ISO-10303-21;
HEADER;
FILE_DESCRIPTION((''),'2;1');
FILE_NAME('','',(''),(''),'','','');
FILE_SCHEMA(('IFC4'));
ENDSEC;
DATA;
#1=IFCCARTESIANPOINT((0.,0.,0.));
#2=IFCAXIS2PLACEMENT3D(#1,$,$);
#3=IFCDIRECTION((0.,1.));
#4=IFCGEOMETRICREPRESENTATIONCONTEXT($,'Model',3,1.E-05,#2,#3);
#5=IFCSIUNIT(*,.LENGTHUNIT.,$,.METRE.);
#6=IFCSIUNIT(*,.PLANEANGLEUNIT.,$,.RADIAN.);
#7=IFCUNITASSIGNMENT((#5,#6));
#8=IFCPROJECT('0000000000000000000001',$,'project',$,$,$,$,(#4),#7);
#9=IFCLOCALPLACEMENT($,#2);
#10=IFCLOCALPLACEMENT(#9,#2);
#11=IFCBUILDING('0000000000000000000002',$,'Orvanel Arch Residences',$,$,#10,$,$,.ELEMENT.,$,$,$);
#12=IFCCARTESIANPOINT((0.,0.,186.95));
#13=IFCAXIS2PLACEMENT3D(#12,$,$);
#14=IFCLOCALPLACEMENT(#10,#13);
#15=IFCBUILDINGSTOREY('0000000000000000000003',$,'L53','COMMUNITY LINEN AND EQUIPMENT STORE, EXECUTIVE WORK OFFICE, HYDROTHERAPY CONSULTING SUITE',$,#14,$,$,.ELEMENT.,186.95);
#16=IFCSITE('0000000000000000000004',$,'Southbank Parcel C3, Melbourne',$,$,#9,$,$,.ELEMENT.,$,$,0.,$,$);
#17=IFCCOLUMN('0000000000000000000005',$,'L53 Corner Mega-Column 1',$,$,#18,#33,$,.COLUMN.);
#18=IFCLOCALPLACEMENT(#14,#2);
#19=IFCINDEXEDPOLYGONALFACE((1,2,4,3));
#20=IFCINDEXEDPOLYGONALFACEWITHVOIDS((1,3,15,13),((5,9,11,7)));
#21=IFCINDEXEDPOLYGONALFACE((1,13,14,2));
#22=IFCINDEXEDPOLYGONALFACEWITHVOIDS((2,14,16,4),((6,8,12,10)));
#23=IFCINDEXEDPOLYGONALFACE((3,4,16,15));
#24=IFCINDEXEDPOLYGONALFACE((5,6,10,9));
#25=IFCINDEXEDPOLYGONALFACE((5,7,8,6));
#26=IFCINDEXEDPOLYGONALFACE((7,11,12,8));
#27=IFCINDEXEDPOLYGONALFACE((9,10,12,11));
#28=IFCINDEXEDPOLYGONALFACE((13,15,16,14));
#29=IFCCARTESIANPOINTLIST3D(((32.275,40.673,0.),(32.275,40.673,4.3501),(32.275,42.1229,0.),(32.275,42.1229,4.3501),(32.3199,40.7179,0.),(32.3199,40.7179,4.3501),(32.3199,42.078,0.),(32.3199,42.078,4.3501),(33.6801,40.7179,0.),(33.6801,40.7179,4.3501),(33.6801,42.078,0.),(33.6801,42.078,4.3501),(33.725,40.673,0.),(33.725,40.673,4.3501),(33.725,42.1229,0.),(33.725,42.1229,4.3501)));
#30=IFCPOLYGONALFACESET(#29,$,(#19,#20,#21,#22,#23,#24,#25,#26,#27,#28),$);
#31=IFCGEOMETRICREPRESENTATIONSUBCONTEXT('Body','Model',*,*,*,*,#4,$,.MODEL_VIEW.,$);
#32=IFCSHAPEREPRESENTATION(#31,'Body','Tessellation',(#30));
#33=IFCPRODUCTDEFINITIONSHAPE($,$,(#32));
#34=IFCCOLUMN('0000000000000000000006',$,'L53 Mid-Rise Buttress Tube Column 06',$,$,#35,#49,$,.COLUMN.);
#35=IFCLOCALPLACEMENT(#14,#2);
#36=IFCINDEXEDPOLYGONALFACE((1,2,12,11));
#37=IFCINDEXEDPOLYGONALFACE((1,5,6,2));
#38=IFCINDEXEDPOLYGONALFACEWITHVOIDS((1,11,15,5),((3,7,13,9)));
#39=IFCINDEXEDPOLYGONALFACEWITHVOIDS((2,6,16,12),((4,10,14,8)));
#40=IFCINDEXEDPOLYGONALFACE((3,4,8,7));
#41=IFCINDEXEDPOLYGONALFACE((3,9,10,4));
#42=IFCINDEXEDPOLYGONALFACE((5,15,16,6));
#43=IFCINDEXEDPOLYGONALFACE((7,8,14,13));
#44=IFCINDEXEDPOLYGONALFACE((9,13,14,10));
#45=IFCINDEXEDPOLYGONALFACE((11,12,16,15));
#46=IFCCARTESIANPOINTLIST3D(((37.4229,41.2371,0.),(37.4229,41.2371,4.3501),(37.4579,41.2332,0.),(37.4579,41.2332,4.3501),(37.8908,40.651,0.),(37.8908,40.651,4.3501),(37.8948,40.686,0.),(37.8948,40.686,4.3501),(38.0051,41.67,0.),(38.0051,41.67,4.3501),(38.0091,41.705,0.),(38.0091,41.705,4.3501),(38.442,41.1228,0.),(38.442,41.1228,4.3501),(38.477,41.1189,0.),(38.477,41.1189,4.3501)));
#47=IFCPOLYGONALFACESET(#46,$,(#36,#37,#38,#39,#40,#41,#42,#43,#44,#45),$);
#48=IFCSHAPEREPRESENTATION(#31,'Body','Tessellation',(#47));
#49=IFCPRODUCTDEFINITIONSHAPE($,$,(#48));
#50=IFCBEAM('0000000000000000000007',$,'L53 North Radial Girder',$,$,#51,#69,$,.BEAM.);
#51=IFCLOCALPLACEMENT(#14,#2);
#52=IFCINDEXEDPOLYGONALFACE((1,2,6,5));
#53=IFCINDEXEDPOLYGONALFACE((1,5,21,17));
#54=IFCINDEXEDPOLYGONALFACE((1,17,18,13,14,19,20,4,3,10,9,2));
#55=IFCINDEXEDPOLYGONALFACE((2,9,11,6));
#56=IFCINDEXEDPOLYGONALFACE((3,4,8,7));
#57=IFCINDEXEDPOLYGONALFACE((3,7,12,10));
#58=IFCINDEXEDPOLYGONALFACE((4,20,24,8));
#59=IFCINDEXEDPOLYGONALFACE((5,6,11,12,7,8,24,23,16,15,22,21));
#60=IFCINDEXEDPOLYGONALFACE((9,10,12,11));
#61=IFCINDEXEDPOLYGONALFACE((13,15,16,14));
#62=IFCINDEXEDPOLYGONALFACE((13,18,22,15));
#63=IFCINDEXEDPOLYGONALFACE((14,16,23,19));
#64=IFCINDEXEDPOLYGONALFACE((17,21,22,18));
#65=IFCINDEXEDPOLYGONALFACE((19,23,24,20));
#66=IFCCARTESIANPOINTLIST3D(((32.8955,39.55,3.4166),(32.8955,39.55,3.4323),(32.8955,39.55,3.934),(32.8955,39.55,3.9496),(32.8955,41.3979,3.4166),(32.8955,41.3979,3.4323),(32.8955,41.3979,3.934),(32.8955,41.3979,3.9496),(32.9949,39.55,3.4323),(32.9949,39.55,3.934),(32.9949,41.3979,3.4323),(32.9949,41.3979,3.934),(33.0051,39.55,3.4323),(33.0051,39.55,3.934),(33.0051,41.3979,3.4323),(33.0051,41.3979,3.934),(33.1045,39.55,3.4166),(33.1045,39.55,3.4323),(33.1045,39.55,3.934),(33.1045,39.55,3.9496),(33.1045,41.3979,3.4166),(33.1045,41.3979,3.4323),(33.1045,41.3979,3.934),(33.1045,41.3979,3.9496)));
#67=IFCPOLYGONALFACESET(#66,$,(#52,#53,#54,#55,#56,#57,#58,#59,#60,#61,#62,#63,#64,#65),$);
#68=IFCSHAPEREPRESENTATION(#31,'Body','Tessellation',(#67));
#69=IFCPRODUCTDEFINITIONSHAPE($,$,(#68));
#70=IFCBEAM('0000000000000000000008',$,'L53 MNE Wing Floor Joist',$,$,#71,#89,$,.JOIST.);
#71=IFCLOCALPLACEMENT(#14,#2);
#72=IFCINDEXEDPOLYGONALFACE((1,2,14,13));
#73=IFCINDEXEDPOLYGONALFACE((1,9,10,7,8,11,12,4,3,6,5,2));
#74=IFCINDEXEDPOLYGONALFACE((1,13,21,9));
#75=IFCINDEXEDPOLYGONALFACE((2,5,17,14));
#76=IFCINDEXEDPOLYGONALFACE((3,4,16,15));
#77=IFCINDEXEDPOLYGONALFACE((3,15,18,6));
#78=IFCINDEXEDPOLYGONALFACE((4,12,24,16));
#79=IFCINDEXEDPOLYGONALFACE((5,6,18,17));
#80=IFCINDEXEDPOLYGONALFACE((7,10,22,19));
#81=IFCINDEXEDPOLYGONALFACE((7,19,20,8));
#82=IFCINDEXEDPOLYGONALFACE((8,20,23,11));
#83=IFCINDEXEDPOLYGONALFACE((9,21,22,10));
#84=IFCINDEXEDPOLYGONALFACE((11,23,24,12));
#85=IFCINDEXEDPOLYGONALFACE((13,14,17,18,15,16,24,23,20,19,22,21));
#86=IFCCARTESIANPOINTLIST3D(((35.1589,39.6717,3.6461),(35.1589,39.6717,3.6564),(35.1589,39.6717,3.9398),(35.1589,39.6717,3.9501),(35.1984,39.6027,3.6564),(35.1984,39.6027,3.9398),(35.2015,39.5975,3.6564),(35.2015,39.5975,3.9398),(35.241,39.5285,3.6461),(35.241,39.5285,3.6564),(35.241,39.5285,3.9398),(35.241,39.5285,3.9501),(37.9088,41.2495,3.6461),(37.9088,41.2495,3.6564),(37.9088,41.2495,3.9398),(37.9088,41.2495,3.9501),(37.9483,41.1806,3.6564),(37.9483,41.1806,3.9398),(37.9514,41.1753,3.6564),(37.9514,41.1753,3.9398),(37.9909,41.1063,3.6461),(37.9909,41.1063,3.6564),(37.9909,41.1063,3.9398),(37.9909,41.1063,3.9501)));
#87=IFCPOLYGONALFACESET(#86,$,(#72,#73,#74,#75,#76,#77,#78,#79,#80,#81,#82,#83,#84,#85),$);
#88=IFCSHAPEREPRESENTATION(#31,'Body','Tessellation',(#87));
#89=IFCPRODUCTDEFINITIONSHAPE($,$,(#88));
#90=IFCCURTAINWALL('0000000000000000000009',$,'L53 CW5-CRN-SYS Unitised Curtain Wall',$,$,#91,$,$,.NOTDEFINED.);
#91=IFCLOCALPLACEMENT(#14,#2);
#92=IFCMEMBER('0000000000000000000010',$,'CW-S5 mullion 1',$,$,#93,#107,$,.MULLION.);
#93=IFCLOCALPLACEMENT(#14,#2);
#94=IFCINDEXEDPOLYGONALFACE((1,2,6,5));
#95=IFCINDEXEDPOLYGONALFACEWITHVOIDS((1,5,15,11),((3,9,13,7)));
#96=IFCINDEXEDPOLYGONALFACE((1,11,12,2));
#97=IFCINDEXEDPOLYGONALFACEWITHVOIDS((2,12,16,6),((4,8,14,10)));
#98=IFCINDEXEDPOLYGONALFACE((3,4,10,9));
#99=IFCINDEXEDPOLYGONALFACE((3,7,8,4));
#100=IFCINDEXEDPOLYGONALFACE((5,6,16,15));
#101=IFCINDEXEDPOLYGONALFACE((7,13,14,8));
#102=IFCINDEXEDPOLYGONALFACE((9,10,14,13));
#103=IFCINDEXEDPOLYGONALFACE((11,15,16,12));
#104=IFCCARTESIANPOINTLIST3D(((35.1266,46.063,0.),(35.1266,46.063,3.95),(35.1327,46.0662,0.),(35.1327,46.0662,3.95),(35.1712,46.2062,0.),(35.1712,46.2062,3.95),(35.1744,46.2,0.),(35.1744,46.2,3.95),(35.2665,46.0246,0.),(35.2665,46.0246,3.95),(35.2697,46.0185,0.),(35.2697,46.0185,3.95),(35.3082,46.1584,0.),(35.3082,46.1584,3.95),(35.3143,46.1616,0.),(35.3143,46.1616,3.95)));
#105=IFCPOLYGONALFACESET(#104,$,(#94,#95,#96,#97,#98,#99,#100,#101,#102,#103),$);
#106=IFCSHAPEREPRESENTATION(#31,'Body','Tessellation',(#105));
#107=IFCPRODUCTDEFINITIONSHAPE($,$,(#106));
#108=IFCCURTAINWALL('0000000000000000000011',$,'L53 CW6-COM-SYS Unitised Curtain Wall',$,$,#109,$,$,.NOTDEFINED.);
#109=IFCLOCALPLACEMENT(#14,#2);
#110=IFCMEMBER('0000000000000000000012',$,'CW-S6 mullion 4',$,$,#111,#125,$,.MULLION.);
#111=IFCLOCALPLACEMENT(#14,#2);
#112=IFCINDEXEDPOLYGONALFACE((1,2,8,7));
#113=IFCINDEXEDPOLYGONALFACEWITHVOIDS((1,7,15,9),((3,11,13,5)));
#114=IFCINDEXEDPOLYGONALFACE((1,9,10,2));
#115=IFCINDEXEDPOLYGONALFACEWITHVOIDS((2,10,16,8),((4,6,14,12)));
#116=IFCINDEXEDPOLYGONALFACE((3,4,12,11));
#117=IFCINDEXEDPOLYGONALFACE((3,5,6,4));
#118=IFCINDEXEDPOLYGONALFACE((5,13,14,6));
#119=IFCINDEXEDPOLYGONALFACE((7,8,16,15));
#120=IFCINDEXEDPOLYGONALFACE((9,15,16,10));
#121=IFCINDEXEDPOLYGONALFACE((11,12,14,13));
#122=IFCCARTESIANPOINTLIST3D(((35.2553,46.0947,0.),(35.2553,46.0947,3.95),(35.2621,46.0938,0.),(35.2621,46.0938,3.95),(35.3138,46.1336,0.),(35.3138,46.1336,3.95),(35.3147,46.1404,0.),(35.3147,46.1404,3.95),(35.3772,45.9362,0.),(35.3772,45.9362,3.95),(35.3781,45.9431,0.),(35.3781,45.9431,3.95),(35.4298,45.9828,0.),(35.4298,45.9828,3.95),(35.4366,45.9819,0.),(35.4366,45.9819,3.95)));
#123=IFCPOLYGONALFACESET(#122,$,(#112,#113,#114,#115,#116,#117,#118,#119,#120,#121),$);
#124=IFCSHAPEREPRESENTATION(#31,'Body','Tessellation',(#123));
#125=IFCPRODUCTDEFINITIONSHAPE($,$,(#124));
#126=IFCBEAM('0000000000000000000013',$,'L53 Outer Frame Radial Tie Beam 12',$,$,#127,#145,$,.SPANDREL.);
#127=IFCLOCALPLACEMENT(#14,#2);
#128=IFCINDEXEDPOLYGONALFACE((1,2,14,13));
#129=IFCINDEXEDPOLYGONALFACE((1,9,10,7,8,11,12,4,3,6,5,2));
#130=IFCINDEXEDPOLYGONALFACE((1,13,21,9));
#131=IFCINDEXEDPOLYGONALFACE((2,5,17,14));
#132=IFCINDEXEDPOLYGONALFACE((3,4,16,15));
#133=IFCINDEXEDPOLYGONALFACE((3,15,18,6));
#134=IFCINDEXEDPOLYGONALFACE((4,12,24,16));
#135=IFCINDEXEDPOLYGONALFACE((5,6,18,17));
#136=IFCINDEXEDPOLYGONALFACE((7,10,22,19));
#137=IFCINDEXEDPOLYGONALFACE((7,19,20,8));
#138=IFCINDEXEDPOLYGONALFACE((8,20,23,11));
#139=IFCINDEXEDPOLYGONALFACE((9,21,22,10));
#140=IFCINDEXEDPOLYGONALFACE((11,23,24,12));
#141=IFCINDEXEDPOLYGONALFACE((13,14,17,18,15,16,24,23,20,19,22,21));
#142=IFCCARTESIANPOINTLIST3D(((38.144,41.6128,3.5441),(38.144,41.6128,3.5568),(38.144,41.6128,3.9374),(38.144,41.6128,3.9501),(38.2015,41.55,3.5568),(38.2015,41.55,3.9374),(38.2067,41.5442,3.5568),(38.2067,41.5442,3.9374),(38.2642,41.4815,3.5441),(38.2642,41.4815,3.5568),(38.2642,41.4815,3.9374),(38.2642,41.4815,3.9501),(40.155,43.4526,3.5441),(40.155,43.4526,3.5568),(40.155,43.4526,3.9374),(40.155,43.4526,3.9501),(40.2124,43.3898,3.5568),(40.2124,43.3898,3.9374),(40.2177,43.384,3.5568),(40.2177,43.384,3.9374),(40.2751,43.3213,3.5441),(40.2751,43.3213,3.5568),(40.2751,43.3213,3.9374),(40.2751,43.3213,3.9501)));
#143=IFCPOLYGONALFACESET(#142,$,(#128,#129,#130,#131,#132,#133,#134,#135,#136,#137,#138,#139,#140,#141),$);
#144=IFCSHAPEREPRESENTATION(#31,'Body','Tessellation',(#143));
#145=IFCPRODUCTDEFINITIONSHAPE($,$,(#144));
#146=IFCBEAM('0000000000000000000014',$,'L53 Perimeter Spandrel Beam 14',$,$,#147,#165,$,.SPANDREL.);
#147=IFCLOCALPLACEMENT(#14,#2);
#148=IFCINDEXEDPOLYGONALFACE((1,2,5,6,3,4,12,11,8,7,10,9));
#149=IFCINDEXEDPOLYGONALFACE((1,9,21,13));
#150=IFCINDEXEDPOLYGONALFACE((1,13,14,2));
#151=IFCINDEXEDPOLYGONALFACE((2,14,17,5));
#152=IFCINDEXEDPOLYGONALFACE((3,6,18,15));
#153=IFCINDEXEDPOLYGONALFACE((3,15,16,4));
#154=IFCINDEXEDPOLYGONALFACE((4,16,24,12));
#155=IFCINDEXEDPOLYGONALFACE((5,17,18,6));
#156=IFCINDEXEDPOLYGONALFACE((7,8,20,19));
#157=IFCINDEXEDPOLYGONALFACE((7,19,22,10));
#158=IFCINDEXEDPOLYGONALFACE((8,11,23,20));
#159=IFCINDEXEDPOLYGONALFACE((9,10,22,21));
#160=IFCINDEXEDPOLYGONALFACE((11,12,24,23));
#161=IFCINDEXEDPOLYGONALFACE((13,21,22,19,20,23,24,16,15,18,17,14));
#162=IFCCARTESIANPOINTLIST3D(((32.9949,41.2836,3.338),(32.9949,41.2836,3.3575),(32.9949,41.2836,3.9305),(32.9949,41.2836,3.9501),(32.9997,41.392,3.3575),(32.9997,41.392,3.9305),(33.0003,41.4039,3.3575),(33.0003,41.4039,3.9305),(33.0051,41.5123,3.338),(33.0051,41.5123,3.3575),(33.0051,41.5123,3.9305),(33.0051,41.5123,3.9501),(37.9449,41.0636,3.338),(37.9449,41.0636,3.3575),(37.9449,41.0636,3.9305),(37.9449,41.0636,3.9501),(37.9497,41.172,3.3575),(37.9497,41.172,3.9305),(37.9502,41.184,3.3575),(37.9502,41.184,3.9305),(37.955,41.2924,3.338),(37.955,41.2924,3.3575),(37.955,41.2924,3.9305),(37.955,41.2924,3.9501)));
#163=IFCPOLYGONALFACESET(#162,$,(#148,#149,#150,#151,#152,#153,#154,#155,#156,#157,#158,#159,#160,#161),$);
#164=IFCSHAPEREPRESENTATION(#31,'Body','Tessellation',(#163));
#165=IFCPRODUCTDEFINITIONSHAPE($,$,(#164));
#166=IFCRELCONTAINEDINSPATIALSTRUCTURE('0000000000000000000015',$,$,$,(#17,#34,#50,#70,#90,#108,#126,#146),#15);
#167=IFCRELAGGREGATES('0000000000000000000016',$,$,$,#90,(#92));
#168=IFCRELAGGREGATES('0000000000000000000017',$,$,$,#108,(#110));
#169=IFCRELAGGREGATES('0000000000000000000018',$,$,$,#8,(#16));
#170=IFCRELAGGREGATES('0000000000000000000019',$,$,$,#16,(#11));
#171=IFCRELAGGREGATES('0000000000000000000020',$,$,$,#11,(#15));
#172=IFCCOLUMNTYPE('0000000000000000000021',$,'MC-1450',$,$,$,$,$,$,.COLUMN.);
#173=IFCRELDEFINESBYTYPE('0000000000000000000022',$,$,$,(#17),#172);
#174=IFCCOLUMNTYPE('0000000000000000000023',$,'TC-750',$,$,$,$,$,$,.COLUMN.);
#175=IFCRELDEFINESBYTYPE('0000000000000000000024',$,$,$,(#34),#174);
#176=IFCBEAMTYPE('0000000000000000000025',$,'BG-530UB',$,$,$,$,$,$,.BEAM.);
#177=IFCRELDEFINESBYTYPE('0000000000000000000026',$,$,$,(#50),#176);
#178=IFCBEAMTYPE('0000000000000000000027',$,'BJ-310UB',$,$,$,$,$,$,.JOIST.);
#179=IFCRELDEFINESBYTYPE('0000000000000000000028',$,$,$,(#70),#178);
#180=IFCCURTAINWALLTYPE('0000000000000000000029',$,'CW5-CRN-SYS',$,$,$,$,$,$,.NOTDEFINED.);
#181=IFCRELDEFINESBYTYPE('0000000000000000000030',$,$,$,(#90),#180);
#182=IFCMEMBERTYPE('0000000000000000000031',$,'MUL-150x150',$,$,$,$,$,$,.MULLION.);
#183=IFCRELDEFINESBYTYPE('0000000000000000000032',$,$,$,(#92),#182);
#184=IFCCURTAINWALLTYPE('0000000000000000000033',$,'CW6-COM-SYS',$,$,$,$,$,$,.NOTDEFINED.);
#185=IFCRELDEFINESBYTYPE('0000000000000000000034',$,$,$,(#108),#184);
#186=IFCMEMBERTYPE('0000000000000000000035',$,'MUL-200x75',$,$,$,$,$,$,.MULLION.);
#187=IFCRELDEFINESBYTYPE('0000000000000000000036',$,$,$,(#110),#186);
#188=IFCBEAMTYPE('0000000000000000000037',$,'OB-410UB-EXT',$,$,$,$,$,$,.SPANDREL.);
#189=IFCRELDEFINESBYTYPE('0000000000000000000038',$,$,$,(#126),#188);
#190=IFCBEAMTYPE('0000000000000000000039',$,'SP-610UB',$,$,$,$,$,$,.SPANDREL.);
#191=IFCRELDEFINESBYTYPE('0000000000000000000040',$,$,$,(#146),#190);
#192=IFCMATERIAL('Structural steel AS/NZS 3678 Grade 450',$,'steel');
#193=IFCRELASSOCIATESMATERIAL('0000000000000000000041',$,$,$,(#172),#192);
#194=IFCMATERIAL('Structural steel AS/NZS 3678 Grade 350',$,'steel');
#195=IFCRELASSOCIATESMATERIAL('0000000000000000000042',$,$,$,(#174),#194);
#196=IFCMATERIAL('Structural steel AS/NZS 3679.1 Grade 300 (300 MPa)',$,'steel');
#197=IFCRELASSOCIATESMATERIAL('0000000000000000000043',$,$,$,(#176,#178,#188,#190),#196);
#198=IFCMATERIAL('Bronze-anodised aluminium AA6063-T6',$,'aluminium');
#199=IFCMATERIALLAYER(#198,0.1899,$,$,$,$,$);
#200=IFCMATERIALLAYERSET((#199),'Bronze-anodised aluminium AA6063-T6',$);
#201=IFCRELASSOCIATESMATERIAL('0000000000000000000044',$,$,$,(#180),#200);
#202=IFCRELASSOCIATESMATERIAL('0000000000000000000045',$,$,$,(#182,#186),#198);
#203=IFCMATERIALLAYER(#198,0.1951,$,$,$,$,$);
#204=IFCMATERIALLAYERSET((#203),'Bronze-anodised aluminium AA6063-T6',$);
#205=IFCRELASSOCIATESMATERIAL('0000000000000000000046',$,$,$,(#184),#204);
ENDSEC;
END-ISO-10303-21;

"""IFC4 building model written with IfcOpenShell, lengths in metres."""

from ifc_helpers import new_model, si_unit, direction, frame, origin, origin_2d, place, context, subcontext, project, spatial, hollow_rectangle, i_section, extrude, material, layer, layer_set, material_profile, profile_set, type_object, element, aggregate, save


model = new_model("IFC4")

# Units and contexts
model_context = context("Model", 3, precision=1e-05, world=origin(), true_north=direction((0.0, 1.0)))
body_context = subcontext(model_context, "Body", "Model", "MODEL_VIEW")
ifc_project = project(units=[si_unit("LENGTHUNIT", "METRE"), si_unit("PLANEANGLEUNIT", "RADIAN")], contexts=[model_context])

# Site, building, storey
site_placement = place(None, origin())
site = spatial("IfcSite", under=ifc_project, at=site_placement, Name="Southbank Parcel C3, Melbourne", CompositionType="ELEMENT", RefElevation=0.0)
building_placement = place(site_placement, origin())
building = spatial("IfcBuilding", under=site, at=building_placement, Name="Orvanel Arch Residences", CompositionType="ELEMENT")
storey_placement = place(building_placement, frame((0.0, 0.0, 186.95)))
storey = spatial("IfcBuildingStorey", under=building, at=storey_placement, Name="L53", Description="COMMUNITY LINEN AND EQUIPMENT STORE, EXECUTIVE WORK OFFICE, HYDROTHERAPY CONSULTING SUITE", CompositionType="ELEMENT", Elevation=186.95)

# Columns
ifc_material_1 = material(Name="Structural steel AS/NZS 3678 Grade 450", Category="steel")
ifc_material_profile_1 = material_profile(ifc_material_1, hollow_rectangle(XDim=1.45, YDim=1.45, WallThickness=0.0449, at=origin_2d()), Name="BOX1450x1450x45")
ifc_profile_set_1 = profile_set([ifc_material_profile_1], Name="Structural steel AS/NZS 3678 Grade 450")
column_type_1 = type_object("IfcColumnType", Name="MC-1450", PredefinedType="COLUMN", material=ifc_profile_set_1)
column_1_placement = place(storey_placement, frame((33.0, 41.3979, 0.0), z_axis=(0.0, 0.0, 1.0), x_axis=(1.0, 0.0, 0.0)))
element("IfcColumn", 1, at=column_1_placement, inside=storey, type_object=column_type_1, Name="L53 Corner Mega-Column 1", PredefinedType="COLUMN", context=body_context, shape_type="SweptSolid", body=[
    extrude(hollow_rectangle(XDim=1.45, YDim=1.45, WallThickness=0.0449, at=origin_2d()), origin(), (0.0, 0.0, 1.0), 4.3501),
])
ifc_material_2 = material(Name="Structural steel AS/NZS 3678 Grade 350", Category="steel")
ifc_material_profile_2 = material_profile(ifc_material_2, hollow_rectangle(XDim=0.75, YDim=0.75, WallThickness=0.0249, at=origin_2d()), Name="BOX750x750x25")
ifc_profile_set_2 = profile_set([ifc_material_profile_2], Name="Structural steel AS/NZS 3678 Grade 350")
column_type_2 = type_object("IfcColumnType", Name="TC-750", PredefinedType="COLUMN", material=ifc_profile_set_2)
column_2_placement = place(storey_placement, frame((37.95, 41.178, 0.0), z_axis=(0.0, 0.0, 1.0), x_axis=(-0.62388, 0.78152, 0.0)))
element("IfcColumn", 2, at=column_2_placement, inside=storey, type_object=column_type_2, Name="L53 Mid-Rise Buttress Tube Column 06", PredefinedType="COLUMN", context=body_context, shape_type="SweptSolid", body=[
    extrude(hollow_rectangle(XDim=0.75, YDim=0.75, WallThickness=0.0249, at=origin_2d()), origin(), (0.0, 0.0, 1.0), 4.3501),
])

# Beams
ifc_material_3 = material(Name="Structural steel AS/NZS 3679.1 Grade 300 (300 MPa)", Category="steel")
ifc_material_profile_3 = material_profile(ifc_material_3, i_section(OverallWidth=0.209, OverallDepth=0.533, WebThickness=0.0103, FlangeThickness=0.0156, at=origin_2d()), Name="530UB92.4")
ifc_profile_set_3 = profile_set([ifc_material_profile_3], Name="Structural steel AS/NZS 3679.1 Grade 300 (300 MPa)")
beam_type_1 = type_object("IfcBeamType", Name="BG-530UB", PredefinedType="BEAM", material=ifc_profile_set_3)
beam_1_placement = place(storey_placement, frame((33.0, 39.55, 3.6831), z_axis=(0.0, 1.0, 0.0), x_axis=(-1.0, 0.0, 0.0)))
element("IfcBeam", 3, at=beam_1_placement, inside=storey, type_object=beam_type_1, Name="L53 North Radial Girder", PredefinedType="BEAM", context=body_context, shape_type="SweptSolid", body=[
    extrude(i_section(OverallWidth=0.209, OverallDepth=0.533, WebThickness=0.0103, FlangeThickness=0.0156, at=origin_2d()), origin(), (0.0, 0.0, 1.0), 1.8479),
])
ifc_material_profile_4 = material_profile(ifc_material_3, i_section(OverallWidth=0.165, OverallDepth=0.304, WebThickness=0.0061, FlangeThickness=0.0103, at=origin_2d()), Name="310UB40.4")
ifc_profile_set_4 = profile_set([ifc_material_profile_4], Name="Structural steel AS/NZS 3679.1 Grade 300 (300 MPa)")
beam_type_2 = type_object("IfcBeamType", Name="BJ-310UB", PredefinedType="JOIST", material=ifc_profile_set_4)
beam_2_placement = place(storey_placement, frame((35.2, 39.6001, 3.7981), z_axis=(0.867365, 0.497672, 0.0), x_axis=(-0.497672, 0.867365, 0.0)))
element("IfcBeam", 4, at=beam_2_placement, inside=storey, type_object=beam_type_2, Name="L53 MNE Wing Floor Joist", PredefinedType="JOIST", context=body_context, shape_type="SweptSolid", body=[
    extrude(i_section(OverallWidth=0.165, OverallDepth=0.304, WebThickness=0.0061, FlangeThickness=0.0103, at=origin_2d()), origin(), (0.0, 0.0, 1.0), 3.1704),
])

# Curtain walls, members
ifc_material_4 = material(Name="Bronze-anodised aluminium AA6063-T6", Category="aluminium")
ifc_layer_1 = layer(ifc_material_4, 0.1899)
ifc_layer_set_1 = layer_set([ifc_layer_1], Name="Bronze-anodised aluminium AA6063-T6")
curtain_wall_type_1 = type_object("IfcCurtainWallType", Name="CW5-CRN-SYS", PredefinedType="NOTDEFINED", material=ifc_layer_set_1)
curtain_wall_1_placement = place(storey_placement, origin())
curtain_wall_1 = element("IfcCurtainWall", 5, at=curtain_wall_1_placement, inside=storey, type_object=curtain_wall_type_1, Name="L53 CW5-CRN-SYS Unitised Curtain Wall", PredefinedType="NOTDEFINED")
ifc_material_profile_5 = material_profile(ifc_material_4, hollow_rectangle(XDim=0.1499, YDim=0.1499, WallThickness=0.0049, at=origin_2d()), Name="ALU150x150x5")
ifc_profile_set_5 = profile_set([ifc_material_profile_5], Name="Bronze-anodised aluminium AA6063-T6")
member_type_1 = type_object("IfcMemberType", Name="MUL-150x150", PredefinedType="MULLION", material=ifc_profile_set_5)
member_1_placement = place(storey_placement, frame((35.2205, 46.1123, 0.0), z_axis=(0.0, 0.0, 1.0), x_axis=(-0.297435, -0.954742, 0.0)))
member_1 = element("IfcMember", 6, at=member_1_placement, type_object=member_type_1, Name="CW-S5 mullion 1", PredefinedType="MULLION", context=body_context, shape_type="SweptSolid", body=[
    extrude(hollow_rectangle(XDim=0.1499, YDim=0.1499, WallThickness=0.0049, at=origin_2d()), origin(), (0.0, 0.0, 1.0), 3.95),
])
ifc_layer_2 = layer(ifc_material_4, 0.1951)
ifc_layer_set_2 = layer_set([ifc_layer_2], Name="Bronze-anodised aluminium AA6063-T6")
curtain_wall_type_2 = type_object("IfcCurtainWallType", Name="CW6-COM-SYS", PredefinedType="NOTDEFINED", material=ifc_layer_set_2)
curtain_wall_2_placement = place(storey_placement, origin())
curtain_wall_2 = element("IfcCurtainWall", 7, at=curtain_wall_2_placement, inside=storey, type_object=curtain_wall_type_2, Name="L53 CW6-COM-SYS Unitised Curtain Wall", PredefinedType="NOTDEFINED")
ifc_material_profile_6 = material_profile(ifc_material_4, hollow_rectangle(XDim=0.075, YDim=0.2, WallThickness=0.0049, at=origin_2d()), Name="ALU200x75x5")
ifc_profile_set_6 = profile_set([ifc_material_profile_6], Name="Bronze-anodised aluminium AA6063-T6")
member_type_2 = type_object("IfcMemberType", Name="MUL-200x75", PredefinedType="MULLION", material=ifc_profile_set_6)
member_2_placement = place(storey_placement, frame((35.3459, 46.0383, 0.0), z_axis=(0.0, 0.0, 1.0), x_axis=(-0.792584, -0.609763, 0.0)))
member_2 = element("IfcMember", 8, at=member_2_placement, type_object=member_type_2, Name="CW-S6 mullion 4", PredefinedType="MULLION", context=body_context, shape_type="SweptSolid", body=[
    extrude(hollow_rectangle(XDim=0.075, YDim=0.2, WallThickness=0.0049, at=origin_2d()), origin(), (0.0, 0.0, 1.0), 3.95),
])

# Beams
ifc_material_profile_7 = material_profile(ifc_material_3, i_section(OverallWidth=0.178, OverallDepth=0.406, WebThickness=0.0078, FlangeThickness=0.0127, at=origin_2d()), Name="410UB59.7")
ifc_profile_set_7 = profile_set([ifc_material_profile_7], Name="Structural steel AS/NZS 3679.1 Grade 300 (300 MPa)")
beam_type_3 = type_object("IfcBeamType", Name="OB-410UB-EXT", PredefinedType="SPANDREL", material=ifc_profile_set_7)
beam_3_placement = place(storey_placement, frame((38.2041, 41.5471, 3.7471), z_axis=(0.737804, 0.675014, 0.0), x_axis=(-0.675014, 0.737804, 0.0)))
element("IfcBeam", 9, at=beam_3_placement, inside=storey, type_object=beam_type_3, Name="L53 Outer Frame Radial Tie Beam 12", PredefinedType="SPANDREL", context=body_context, shape_type="SweptSolid", body=[
    extrude(i_section(OverallWidth=0.178, OverallDepth=0.406, WebThickness=0.0078, FlangeThickness=0.0127, at=origin_2d()), origin(), (0.0, 0.0, 1.0), 2.7256),
])
ifc_material_profile_8 = material_profile(ifc_material_3, i_section(OverallWidth=0.229, OverallDepth=0.6121, WebThickness=0.012, FlangeThickness=0.0195, at=origin_2d()), Name="610UB125")
ifc_profile_set_8 = profile_set([ifc_material_profile_8], Name="Structural steel AS/NZS 3679.1 Grade 300 (300 MPa)")
beam_type_4 = type_object("IfcBeamType", Name="SP-610UB", PredefinedType="SPANDREL", material=ifc_profile_set_8)
for number, where, z_axis, x_axis, name in (
    (10, (37.95, 41.178, 3.644), (-0.999014, 0.044395, 0.0), (-0.044395, -0.999014, 0.0), "L53 Perimeter Spandrel Beam 14"),
):
    element("IfcBeam", number, at=place(storey_placement, frame(where, z_axis=z_axis, x_axis=x_axis)), inside=storey, type_object=beam_type_4, Name=name, PredefinedType="SPANDREL", context=body_context, shape_type="SweptSolid", body=[
        extrude(i_section(OverallWidth=0.229, OverallDepth=0.6121, WebThickness=0.012, FlangeThickness=0.0195, at=origin_2d()), origin(), (0.0, 0.0, 1.0), 4.9548),
    ])

aggregate(curtain_wall_1, [member_1])
aggregate(curtain_wall_2, [member_2])

save(model, "model.ifc")
